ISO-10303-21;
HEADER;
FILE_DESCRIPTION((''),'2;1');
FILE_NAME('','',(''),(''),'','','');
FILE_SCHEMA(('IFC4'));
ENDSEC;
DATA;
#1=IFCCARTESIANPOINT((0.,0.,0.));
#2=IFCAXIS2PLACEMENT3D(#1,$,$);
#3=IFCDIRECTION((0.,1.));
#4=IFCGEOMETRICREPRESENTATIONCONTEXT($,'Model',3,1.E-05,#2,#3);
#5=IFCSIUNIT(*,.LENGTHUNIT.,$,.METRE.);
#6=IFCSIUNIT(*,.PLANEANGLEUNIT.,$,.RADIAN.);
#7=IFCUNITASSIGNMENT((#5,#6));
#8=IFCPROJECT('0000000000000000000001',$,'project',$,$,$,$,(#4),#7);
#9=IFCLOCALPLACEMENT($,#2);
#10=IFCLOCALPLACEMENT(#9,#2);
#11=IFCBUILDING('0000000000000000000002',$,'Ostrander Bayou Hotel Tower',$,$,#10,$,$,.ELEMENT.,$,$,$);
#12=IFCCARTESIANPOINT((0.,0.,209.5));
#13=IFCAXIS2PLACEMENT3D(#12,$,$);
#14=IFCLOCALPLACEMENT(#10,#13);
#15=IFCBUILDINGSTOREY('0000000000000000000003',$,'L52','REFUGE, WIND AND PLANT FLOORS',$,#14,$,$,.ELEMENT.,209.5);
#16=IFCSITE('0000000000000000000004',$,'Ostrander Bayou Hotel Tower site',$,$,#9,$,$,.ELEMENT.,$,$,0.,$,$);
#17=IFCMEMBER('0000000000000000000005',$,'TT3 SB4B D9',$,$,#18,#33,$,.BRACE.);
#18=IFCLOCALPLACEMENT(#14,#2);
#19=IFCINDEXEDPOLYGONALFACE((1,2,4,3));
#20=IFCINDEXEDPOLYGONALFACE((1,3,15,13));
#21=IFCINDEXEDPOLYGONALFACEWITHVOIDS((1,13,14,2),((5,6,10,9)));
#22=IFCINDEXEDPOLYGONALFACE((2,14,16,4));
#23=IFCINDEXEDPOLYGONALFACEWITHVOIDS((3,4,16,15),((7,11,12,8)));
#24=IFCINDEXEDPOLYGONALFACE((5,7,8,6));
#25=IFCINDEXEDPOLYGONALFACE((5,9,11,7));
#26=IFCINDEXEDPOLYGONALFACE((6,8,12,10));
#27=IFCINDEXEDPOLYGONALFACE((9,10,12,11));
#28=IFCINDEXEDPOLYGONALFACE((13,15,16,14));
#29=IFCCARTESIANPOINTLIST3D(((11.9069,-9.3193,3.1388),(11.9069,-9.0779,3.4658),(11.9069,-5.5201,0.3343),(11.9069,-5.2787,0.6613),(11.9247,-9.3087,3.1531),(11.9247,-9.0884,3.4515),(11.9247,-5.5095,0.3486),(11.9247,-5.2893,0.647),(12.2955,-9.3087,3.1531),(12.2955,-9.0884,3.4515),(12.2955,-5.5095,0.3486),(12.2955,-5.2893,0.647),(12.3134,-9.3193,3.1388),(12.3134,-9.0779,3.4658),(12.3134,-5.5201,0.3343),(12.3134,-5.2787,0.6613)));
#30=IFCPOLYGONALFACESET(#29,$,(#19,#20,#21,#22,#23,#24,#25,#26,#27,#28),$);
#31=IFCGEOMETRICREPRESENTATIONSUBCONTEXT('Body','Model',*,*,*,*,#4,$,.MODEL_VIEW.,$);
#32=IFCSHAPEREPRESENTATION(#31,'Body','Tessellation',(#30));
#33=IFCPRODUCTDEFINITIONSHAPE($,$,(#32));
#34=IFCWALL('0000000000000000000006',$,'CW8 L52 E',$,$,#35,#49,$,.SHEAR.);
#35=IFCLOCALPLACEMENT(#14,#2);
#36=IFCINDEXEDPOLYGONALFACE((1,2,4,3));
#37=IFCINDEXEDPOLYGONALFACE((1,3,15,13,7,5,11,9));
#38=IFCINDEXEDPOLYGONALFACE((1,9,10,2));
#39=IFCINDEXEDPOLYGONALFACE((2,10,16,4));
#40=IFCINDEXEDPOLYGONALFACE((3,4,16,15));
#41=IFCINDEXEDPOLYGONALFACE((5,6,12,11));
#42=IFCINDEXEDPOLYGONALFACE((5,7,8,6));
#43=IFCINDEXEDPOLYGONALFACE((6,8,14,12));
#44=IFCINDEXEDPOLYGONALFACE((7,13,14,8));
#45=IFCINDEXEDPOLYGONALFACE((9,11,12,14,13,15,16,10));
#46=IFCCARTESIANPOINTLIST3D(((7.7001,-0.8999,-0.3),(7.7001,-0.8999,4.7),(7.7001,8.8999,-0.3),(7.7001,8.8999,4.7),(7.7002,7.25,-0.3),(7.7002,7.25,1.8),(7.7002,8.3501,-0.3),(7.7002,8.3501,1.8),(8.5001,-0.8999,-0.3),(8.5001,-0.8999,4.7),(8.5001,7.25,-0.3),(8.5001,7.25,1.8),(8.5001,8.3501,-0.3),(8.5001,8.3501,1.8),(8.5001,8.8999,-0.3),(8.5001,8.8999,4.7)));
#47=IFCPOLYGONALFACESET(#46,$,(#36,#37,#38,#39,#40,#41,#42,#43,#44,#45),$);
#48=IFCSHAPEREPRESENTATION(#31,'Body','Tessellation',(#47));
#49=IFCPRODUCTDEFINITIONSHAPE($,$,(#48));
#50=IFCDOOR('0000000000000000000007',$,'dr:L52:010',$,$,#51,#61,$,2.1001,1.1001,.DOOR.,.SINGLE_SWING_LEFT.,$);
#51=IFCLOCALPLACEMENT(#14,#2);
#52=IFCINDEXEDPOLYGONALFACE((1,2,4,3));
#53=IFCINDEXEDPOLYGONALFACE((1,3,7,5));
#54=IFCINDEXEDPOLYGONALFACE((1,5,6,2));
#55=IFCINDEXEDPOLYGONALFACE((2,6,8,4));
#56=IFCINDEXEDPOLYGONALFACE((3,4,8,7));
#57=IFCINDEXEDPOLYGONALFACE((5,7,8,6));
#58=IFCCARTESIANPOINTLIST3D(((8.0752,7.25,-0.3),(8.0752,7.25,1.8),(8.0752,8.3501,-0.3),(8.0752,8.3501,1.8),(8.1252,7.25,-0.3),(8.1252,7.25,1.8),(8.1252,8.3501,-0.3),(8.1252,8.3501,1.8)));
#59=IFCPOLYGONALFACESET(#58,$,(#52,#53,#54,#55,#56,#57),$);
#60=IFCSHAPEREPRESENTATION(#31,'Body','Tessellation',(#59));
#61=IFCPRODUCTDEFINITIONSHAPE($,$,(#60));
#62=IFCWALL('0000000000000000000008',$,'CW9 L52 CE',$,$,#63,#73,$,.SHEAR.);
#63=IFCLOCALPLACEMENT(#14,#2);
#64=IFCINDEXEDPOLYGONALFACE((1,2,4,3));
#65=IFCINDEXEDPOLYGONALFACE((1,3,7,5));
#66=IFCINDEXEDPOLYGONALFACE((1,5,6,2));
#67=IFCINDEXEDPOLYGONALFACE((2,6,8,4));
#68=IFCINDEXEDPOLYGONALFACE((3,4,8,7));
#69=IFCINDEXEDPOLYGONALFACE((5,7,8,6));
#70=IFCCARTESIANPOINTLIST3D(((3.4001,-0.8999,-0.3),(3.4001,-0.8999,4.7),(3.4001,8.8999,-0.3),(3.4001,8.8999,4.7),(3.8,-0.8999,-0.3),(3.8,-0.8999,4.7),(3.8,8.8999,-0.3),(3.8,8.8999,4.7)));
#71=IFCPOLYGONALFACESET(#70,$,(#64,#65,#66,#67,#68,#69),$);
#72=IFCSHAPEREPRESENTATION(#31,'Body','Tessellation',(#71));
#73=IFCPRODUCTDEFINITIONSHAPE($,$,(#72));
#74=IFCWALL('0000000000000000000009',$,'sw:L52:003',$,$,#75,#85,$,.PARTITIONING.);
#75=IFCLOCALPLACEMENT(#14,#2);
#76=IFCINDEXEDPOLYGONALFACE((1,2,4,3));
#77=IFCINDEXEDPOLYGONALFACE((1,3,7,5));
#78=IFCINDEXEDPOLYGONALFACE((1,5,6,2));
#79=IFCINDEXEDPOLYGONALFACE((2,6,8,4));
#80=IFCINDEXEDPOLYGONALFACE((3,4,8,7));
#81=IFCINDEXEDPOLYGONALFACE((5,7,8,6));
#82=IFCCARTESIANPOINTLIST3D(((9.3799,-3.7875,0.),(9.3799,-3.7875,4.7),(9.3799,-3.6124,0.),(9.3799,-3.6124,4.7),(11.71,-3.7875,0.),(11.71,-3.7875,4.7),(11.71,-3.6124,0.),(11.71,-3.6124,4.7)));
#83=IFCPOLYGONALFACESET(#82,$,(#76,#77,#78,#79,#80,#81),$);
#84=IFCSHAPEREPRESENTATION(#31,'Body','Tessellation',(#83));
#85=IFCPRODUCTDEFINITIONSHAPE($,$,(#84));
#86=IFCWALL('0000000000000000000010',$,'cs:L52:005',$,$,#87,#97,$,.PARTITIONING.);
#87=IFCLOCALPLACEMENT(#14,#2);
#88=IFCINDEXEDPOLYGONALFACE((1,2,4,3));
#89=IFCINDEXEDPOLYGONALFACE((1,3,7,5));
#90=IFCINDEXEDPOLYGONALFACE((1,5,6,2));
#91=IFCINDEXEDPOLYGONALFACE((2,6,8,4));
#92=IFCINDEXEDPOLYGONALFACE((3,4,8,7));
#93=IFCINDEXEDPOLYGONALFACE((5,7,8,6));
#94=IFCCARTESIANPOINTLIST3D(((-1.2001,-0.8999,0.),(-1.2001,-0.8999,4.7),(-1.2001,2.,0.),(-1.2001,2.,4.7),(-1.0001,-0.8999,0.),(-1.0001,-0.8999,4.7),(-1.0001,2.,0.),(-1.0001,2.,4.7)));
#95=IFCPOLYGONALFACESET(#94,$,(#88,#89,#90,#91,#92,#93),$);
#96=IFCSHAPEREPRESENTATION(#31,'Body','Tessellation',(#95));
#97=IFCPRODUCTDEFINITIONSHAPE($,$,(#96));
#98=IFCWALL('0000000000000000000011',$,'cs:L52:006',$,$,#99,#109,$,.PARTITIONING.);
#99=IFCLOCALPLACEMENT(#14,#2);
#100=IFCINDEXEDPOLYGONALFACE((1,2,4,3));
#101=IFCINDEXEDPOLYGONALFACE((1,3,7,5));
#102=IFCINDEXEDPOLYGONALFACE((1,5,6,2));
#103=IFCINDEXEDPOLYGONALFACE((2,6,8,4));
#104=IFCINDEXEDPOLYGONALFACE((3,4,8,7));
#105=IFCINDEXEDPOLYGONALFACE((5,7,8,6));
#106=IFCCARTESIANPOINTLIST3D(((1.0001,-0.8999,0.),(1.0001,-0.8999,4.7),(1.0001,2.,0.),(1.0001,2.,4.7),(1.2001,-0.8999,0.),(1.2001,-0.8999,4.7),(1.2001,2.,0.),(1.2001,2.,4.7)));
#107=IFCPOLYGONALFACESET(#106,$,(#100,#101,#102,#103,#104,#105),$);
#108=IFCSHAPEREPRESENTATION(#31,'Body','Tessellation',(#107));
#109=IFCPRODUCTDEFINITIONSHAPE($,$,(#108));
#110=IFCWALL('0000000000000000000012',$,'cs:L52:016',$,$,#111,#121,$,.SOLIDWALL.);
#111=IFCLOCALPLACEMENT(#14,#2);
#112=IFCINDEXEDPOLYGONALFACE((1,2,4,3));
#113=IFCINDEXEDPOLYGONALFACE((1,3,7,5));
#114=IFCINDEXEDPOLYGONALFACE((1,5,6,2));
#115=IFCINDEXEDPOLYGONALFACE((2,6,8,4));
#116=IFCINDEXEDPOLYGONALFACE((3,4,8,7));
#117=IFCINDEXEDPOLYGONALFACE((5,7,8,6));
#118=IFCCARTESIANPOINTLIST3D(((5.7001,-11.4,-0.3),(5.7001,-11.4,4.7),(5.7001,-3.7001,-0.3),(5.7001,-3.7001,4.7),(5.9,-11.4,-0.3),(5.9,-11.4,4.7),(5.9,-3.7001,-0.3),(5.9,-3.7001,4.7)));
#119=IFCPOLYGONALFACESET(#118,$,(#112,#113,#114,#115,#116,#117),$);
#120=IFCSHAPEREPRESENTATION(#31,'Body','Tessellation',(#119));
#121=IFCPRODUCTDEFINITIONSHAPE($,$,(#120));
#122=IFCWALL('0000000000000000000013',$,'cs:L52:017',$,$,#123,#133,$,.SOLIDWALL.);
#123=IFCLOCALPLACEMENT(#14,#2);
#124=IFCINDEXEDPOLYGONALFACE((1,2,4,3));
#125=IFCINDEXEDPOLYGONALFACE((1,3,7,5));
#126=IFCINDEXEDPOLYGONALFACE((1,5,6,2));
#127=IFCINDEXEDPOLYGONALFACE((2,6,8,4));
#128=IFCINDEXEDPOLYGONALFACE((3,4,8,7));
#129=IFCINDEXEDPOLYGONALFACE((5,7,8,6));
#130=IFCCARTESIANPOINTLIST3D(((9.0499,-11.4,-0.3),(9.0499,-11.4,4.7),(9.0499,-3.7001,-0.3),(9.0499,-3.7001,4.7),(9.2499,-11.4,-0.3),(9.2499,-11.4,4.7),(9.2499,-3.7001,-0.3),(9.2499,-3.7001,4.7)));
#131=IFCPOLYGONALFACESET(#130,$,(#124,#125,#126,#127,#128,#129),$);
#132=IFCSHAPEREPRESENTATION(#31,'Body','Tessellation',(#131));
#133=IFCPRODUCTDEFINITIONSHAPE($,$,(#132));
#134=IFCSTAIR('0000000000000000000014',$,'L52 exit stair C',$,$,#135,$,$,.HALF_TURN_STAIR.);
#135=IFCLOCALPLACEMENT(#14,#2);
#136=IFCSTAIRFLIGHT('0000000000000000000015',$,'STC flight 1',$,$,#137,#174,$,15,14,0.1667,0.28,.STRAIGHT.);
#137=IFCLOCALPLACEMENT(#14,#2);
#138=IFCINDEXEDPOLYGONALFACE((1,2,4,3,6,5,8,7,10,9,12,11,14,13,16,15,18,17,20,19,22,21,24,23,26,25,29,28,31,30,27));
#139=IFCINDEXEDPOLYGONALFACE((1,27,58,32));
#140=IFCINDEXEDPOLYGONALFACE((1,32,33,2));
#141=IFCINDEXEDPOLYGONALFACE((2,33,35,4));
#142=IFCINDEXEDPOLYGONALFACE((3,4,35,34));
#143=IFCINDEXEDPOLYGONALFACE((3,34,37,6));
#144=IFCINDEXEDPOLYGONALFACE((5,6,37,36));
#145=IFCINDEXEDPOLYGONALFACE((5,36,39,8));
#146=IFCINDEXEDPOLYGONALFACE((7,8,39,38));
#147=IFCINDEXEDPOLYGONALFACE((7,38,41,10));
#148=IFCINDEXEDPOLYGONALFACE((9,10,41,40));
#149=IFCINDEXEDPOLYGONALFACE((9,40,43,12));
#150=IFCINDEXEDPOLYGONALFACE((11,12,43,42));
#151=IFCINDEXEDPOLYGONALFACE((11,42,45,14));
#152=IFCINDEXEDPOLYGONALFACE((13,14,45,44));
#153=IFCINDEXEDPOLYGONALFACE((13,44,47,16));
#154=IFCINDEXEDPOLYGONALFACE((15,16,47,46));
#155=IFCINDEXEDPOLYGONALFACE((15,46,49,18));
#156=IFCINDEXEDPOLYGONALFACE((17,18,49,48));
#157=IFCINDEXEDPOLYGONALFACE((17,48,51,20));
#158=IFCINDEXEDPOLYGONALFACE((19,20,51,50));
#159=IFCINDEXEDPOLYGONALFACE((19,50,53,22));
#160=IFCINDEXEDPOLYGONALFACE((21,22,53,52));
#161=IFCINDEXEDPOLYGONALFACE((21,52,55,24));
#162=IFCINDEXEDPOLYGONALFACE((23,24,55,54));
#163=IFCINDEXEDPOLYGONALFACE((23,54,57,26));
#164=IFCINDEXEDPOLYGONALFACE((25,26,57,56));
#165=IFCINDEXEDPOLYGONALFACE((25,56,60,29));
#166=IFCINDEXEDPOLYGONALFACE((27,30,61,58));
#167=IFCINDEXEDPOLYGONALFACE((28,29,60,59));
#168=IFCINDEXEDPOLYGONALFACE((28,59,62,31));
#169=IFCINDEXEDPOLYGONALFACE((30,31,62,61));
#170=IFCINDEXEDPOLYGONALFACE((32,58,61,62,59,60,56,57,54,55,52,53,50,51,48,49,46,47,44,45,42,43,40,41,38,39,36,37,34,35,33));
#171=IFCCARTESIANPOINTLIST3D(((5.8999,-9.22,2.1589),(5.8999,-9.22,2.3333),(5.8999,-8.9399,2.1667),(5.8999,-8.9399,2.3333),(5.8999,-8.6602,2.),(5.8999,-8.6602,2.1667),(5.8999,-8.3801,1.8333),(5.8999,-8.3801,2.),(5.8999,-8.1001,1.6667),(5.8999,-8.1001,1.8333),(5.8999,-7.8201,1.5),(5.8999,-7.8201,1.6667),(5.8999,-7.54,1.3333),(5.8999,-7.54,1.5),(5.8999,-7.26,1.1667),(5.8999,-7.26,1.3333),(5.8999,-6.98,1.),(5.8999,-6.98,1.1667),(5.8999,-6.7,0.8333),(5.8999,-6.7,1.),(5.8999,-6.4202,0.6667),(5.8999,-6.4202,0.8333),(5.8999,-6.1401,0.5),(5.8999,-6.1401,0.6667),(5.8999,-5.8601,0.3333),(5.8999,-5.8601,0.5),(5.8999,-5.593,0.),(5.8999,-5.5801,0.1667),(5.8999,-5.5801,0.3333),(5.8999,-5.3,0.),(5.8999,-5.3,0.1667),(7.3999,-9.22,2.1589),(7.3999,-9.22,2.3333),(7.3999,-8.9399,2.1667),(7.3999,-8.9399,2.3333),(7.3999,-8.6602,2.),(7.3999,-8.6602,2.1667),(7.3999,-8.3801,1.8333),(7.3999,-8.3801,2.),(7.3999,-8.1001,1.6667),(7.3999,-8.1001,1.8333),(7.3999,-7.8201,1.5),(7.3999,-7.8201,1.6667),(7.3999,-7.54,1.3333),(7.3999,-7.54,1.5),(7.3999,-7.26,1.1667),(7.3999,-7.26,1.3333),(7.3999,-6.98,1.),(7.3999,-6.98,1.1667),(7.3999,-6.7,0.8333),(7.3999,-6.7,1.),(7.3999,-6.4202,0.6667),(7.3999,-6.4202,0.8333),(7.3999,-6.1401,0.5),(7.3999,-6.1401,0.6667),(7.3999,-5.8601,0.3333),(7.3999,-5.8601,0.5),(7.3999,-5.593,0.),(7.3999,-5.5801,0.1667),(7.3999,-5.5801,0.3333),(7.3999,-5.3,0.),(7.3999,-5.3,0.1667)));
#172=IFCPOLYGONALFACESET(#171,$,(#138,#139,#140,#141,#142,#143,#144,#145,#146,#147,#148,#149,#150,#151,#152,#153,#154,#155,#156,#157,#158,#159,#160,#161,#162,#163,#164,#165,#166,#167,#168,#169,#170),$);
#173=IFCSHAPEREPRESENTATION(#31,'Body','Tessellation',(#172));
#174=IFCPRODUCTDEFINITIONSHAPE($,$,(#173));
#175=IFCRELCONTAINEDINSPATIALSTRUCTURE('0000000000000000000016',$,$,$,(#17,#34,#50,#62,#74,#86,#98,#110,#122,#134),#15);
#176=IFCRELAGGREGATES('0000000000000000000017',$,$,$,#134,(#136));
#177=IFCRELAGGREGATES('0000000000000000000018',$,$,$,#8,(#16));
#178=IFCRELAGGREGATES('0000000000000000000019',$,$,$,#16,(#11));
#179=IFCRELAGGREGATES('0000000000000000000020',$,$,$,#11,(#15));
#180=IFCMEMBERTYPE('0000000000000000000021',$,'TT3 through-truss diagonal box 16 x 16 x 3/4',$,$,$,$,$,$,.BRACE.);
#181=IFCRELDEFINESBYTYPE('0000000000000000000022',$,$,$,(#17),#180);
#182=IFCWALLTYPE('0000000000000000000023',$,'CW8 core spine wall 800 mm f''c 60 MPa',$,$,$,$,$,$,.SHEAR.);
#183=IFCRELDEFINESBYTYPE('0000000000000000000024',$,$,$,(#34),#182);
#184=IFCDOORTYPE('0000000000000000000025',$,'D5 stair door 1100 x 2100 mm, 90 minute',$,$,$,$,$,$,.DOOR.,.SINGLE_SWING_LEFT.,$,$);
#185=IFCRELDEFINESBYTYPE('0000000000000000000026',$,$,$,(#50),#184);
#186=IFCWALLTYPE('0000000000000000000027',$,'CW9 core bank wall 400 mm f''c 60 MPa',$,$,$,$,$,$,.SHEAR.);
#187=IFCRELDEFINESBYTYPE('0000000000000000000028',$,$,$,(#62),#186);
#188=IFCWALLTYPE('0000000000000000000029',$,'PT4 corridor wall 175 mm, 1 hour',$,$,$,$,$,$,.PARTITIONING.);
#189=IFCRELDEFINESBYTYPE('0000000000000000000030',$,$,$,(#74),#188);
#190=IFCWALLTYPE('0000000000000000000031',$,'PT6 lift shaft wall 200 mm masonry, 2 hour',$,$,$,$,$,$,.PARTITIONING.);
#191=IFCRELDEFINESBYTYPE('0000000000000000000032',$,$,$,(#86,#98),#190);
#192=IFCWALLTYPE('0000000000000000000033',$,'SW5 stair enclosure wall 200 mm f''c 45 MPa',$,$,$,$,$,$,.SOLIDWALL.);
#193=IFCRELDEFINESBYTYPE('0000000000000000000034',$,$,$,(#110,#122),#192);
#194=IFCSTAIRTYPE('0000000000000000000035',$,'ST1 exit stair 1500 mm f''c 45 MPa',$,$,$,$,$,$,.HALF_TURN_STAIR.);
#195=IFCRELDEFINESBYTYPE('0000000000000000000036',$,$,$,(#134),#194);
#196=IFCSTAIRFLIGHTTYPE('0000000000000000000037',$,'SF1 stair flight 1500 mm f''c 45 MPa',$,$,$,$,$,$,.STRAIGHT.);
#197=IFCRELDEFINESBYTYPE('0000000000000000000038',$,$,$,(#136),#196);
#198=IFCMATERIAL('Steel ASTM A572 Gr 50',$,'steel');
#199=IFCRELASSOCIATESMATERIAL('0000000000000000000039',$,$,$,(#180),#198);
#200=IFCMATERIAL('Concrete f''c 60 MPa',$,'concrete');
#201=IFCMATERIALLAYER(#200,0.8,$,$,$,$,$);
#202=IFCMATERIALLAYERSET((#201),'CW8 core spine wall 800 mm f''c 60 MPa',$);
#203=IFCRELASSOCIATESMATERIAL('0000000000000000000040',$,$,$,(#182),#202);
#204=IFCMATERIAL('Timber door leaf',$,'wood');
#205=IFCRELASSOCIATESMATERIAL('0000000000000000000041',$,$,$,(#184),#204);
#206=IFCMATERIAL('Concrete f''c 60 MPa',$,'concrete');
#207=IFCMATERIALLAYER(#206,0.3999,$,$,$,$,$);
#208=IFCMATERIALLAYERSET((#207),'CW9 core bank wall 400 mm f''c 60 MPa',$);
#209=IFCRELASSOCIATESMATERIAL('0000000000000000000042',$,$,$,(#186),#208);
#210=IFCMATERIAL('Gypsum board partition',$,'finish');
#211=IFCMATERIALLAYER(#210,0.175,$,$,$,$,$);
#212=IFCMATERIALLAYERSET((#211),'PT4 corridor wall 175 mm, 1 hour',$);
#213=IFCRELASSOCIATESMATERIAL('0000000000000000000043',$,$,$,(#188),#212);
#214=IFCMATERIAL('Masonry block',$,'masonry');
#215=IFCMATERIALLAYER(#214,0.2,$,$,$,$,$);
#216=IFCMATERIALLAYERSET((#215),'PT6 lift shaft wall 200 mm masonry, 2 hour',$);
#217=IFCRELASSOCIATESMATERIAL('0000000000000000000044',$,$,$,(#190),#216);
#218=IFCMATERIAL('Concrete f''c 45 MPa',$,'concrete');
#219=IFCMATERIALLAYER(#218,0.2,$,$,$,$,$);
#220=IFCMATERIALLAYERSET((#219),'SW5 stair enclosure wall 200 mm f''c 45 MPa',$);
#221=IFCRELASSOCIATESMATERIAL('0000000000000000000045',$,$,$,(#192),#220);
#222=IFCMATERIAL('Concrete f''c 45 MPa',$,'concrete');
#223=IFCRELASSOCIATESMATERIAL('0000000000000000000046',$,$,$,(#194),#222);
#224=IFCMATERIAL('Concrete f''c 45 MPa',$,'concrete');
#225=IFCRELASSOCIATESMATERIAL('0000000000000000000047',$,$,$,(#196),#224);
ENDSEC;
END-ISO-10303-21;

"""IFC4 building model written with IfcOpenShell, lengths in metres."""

from ifc_helpers import new_model, si_unit, direction, frame, frame_2d, origin, origin_2d, place, context, subcontext, project, spatial, polyline, rectangle, hollow_rectangle, outline, extrude, material, layer, layer_set, material_profile, profile_set, type_object, element, fill, aggregate, save


model = new_model("IFC4")

# Units and contexts
model_context = context("Model", 3, precision=1e-05, world=origin(), true_north=direction((0.0, 1.0)))
body_context = subcontext(model_context, "Body", "Model", "MODEL_VIEW")
ifc_project = project(units=[si_unit("LENGTHUNIT", "METRE"), si_unit("PLANEANGLEUNIT", "RADIAN")], contexts=[model_context])

# Site, building, storey
site_placement = place(None, origin())
site = spatial("IfcSite", under=ifc_project, at=site_placement, Name="Ostrander Bayou Hotel Tower site", CompositionType="ELEMENT", RefElevation=0.0)
building_placement = place(site_placement, origin())
building = spatial("IfcBuilding", under=site, at=building_placement, Name="Ostrander Bayou Hotel Tower", CompositionType="ELEMENT")
storey_placement = place(building_placement, frame((0.0, 0.0, 209.5)))
storey = spatial("IfcBuildingStorey", under=building, at=storey_placement, Name="L52", Description="REFUGE, WIND AND PLANT FLOORS", CompositionType="ELEMENT", Elevation=209.5)

# Member
ifc_material_1 = material(Name="Steel ASTM A572 Gr 50", Category="steel")
ifc_material_profile_1 = material_profile(ifc_material_1, hollow_rectangle(XDim=0.4065, YDim=0.4065, WallThickness=0.0178, at=origin_2d()))
ifc_profile_set_1 = profile_set([ifc_material_profile_1], Name="Steel ASTM A572 Gr 50")
member_type_1 = type_object("IfcMemberType", Name="TT3 through-truss diagonal box 16 x 16 x 3/4", PredefinedType="BRACE", material=ifc_profile_set_1)
member_1_placement = place(storey_placement, frame((12.1101, -5.3994, 0.4978), z_axis=(0.0, -0.804537, 0.593902), x_axis=(1.0, 0.0, 0.0)))
element("IfcMember", 1, at=member_1_placement, inside=storey, type_object=member_type_1, Name="TT3 SB4B D9", PredefinedType="BRACE", context=body_context, shape_type="SweptSolid", body=[
    extrude(hollow_rectangle(XDim=0.4065, YDim=0.4065, WallThickness=0.0178, at=origin_2d()), origin(), (0.0, 0.0, 1.0), 4.7222),
])

# Wall, opening, door
ifc_material_2 = material(Name="Concrete f'c 60 MPa", Category="concrete")
ifc_layer_1 = layer(ifc_material_2, 0.8)
ifc_layer_set_1 = layer_set([ifc_layer_1], Name="CW8 core spine wall 800 mm f'c 60 MPa")
wall_type_1 = type_object("IfcWallType", Name="CW8 core spine wall 800 mm f'c 60 MPa", PredefinedType="SHEAR", material=ifc_layer_set_1)
wall_1_placement = place(storey_placement, frame((8.1001, -0.8999, -0.3), z_axis=(0.0, 0.0, 1.0), x_axis=(0.0, 1.0, 0.0)))
wall_1 = element("IfcWall", 2, at=wall_1_placement, inside=storey, type_object=wall_type_1, Name="CW8 L52 E", PredefinedType="SHEAR", context=body_context, shape_type="SweptSolid", body=[
    extrude(rectangle(XDim=9.7998, YDim=0.8, at=frame_2d((4.8999, 0.0))), origin(), (0.0, 0.0, 1.0), 5.0),
])
opening_1_placement = place(wall_1_placement, frame((8.1499, 0.0, 0.0)))
opening_1 = element("IfcOpeningElement", 3, at=opening_1_placement, cuts=wall_1, PredefinedType="OPENING", context=body_context, shape_type="SweptSolid", body=[
    extrude(rectangle(XDim=1.1001, YDim=2.1001, at=frame_2d((0.55, 1.05))), frame((0.0, 0.3999, 0.0), z_axis=(0.0, -1.0, 0.0), x_axis=(1.0, 0.0, 0.0)), (0.0, 0.0, 1.0), 0.8),
])
ifc_material_3 = material(Name="Timber door leaf", Category="wood")
door_type = type_object("IfcDoorType", Name="D5 stair door 1100 x 2100 mm, 90 minute", OperationType="SINGLE_SWING_LEFT", PredefinedType="DOOR", material=ifc_material_3)
door_1_placement = place(opening_1_placement, origin())
door_1 = element("IfcDoor", 4, at=door_1_placement, inside=storey, type_object=door_type, Name="dr:L52:010", OperationType="SINGLE_SWING_LEFT", OverallHeight=2.1001, OverallWidth=1.1001, PredefinedType="DOOR", context=body_context, shape_type="SweptSolid", body=[
    extrude(rectangle(XDim=1.1001, YDim=2.1001, at=frame_2d((0.55, 1.05))), frame((0.0, 0.0249, 0.0), z_axis=(0.0, -1.0, 0.0), x_axis=(1.0, 0.0, 0.0)), (0.0, 0.0, 1.0), 0.05),
])
fill(opening_1, door_1)

# Walls
ifc_material_4 = material(Name="Concrete f'c 60 MPa", Category="concrete")
ifc_layer_2 = layer(ifc_material_4, 0.3999)
ifc_layer_set_2 = layer_set([ifc_layer_2], Name="CW9 core bank wall 400 mm f'c 60 MPa")
wall_type_2 = type_object("IfcWallType", Name="CW9 core bank wall 400 mm f'c 60 MPa", PredefinedType="SHEAR", material=ifc_layer_set_2)
wall_2_placement = place(storey_placement, frame((3.6001, -0.8999, -0.3), z_axis=(0.0, 0.0, 1.0), x_axis=(0.0, 1.0, 0.0)))
element("IfcWall", 5, at=wall_2_placement, inside=storey, type_object=wall_type_2, Name="CW9 L52 CE", PredefinedType="SHEAR", context=body_context, shape_type="SweptSolid", body=[
    extrude(rectangle(XDim=9.7998, YDim=0.3999, at=frame_2d((4.8999, 0.0))), origin(), (0.0, 0.0, 1.0), 5.0),
])
ifc_material_5 = material(Name="Gypsum board partition", Category="finish")
ifc_layer_3 = layer(ifc_material_5, 0.175)
ifc_layer_set_3 = layer_set([ifc_layer_3], Name="PT4 corridor wall 175 mm, 1 hour")
wall_type_3 = type_object("IfcWallType", Name="PT4 corridor wall 175 mm, 1 hour", PredefinedType="PARTITIONING", material=ifc_layer_set_3)
wall_3_placement = place(storey_placement, frame((9.3799, -3.7, 0.0), z_axis=(0.0, 0.0, 1.0), x_axis=(1.0, 0.0, 0.0)))
element("IfcWall", 6, at=wall_3_placement, inside=storey, type_object=wall_type_3, Name="sw:L52:003", PredefinedType="PARTITIONING", context=body_context, shape_type="SweptSolid", body=[
    extrude(rectangle(XDim=2.3301, YDim=0.175, at=frame_2d((1.165, 0.0))), origin(), (0.0, 0.0, 1.0), 4.7),
])
ifc_material_6 = material(Name="Masonry block", Category="masonry")
ifc_layer_4 = layer(ifc_material_6, 0.2)
ifc_layer_set_4 = layer_set([ifc_layer_4], Name="PT6 lift shaft wall 200 mm masonry, 2 hour")
wall_type_4 = type_object("IfcWallType", Name="PT6 lift shaft wall 200 mm masonry, 2 hour", PredefinedType="PARTITIONING", material=ifc_layer_set_4)
for number, where, z_axis, x_axis, name in (
    (7, (-1.1001, -0.8999, 0.0), (0.0, 0.0, 1.0), (0.0, 1.0, 0.0), "cs:L52:005"),
    (8, (1.1001, -0.8999, 0.0), (0.0, 0.0, 1.0), (0.0, 1.0, 0.0), "cs:L52:006"),
):
    element("IfcWall", number, at=place(storey_placement, frame(where, z_axis=z_axis, x_axis=x_axis)), inside=storey, type_object=wall_type_4, Name=name, PredefinedType="PARTITIONING", context=body_context, shape_type="SweptSolid", body=[
        extrude(rectangle(XDim=2.8999, YDim=0.2, at=frame_2d((1.45, 0.0))), origin(), (0.0, 0.0, 1.0), 4.7),
    ])

# Shared definitions
ifc_material_7 = material(Name="Concrete f'c 45 MPa", Category="concrete")
ifc_layer_5 = layer(ifc_material_7, 0.2)
ifc_layer_set_5 = layer_set([ifc_layer_5], Name="SW5 stair enclosure wall 200 mm f'c 45 MPa")
wall_type_5 = type_object("IfcWallType", Name="SW5 stair enclosure wall 200 mm f'c 45 MPa", PredefinedType="SOLIDWALL", material=ifc_layer_set_5)

# Walls
for number, where, z_axis, x_axis, name in (
    (9, (5.8, -3.7, -0.3), (0.0, 0.0, 1.0), (0.0, -1.0, 0.0), "cs:L52:016"),
    (10, (9.1499, -3.7, -0.3), (0.0, 0.0, 1.0), (0.0, -1.0, 0.0), "cs:L52:017"),
):
    element("IfcWall", number, at=place(storey_placement, frame(where, z_axis=z_axis, x_axis=x_axis)), inside=storey, type_object=wall_type_5, Name=name, PredefinedType="SOLIDWALL", context=body_context, shape_type="SweptSolid", body=[
        extrude(rectangle(XDim=7.7, YDim=0.2, at=frame_2d((3.8501, 0.0))), origin(), (0.0, 0.0, 1.0), 5.0),
    ])

# Stair, stair flight
ifc_material_8 = material(Name="Concrete f'c 45 MPa", Category="concrete")
stair_type = type_object("IfcStairType", Name="ST1 exit stair 1500 mm f'c 45 MPa", PredefinedType="HALF_TURN_STAIR", material=ifc_material_8)
stair_placement = place(storey_placement, origin())
stair = element("IfcStair", 11, at=stair_placement, inside=storey, type_object=stair_type, Name="L52 exit stair C", PredefinedType="HALF_TURN_STAIR")
ifc_material_9 = material(Name="Concrete f'c 45 MPa", Category="concrete")
stair_flight_type = type_object("IfcStairFlightType", Name="SF1 stair flight 1500 mm f'c 45 MPa", PredefinedType="STRAIGHT", material=ifc_material_9)
stair_flight_1_placement = place(storey_placement, frame((6.6499, -5.3, 0.0), z_axis=(0.0, 0.0, 1.0), x_axis=(0.0, -1.0, 0.0)))
stair_flight_1 = element("IfcStairFlight", 12, at=stair_flight_1_placement, type_object=stair_flight_type, Name="STC flight 1", NumberOfRisers=15, NumberOfTreads=14, PredefinedType="STRAIGHT", RiserHeight=0.1667, TreadLength=0.28, context=body_context, shape_type="SweptSolid", body=[
    extrude(outline(polyline([(0.0, 0.0), (0.0, 0.1667), (0.28, 0.1667), (0.28, 0.3333), (0.5601, 0.3333), (0.5601, 0.5), (0.8401, 0.5), (0.8401, 0.6667), (1.1201, 0.6667), (1.1201, 0.8333), (1.3999, 0.8333), (1.3999, 1.0), (1.6799, 1.0), (1.6799, 1.1667), (1.96, 1.1667), (1.96, 1.3333), (2.24, 1.3333), (2.24, 1.5), (2.52, 1.5), (2.52, 1.6667), (2.8, 1.6667), (2.8, 1.8333), (3.0801, 1.8333), (3.0801, 2.0), (3.3601, 2.0), (3.3601, 2.1667), (3.6399, 2.1667), (3.6399, 2.3333), (3.9199, 2.3333), (3.9199, 2.5), (3.9199, 2.1589), (0.293, 0.0), (0.0, 0.0)])), frame((0.0, 0.75, 0.0), z_axis=(0.0, -1.0, 0.0), x_axis=(1.0, 0.0, 0.0)), (0.0, 0.0, 1.0), 1.5),
])
aggregate(stair, [stair_flight_1])

save(model, "model.ifc")
